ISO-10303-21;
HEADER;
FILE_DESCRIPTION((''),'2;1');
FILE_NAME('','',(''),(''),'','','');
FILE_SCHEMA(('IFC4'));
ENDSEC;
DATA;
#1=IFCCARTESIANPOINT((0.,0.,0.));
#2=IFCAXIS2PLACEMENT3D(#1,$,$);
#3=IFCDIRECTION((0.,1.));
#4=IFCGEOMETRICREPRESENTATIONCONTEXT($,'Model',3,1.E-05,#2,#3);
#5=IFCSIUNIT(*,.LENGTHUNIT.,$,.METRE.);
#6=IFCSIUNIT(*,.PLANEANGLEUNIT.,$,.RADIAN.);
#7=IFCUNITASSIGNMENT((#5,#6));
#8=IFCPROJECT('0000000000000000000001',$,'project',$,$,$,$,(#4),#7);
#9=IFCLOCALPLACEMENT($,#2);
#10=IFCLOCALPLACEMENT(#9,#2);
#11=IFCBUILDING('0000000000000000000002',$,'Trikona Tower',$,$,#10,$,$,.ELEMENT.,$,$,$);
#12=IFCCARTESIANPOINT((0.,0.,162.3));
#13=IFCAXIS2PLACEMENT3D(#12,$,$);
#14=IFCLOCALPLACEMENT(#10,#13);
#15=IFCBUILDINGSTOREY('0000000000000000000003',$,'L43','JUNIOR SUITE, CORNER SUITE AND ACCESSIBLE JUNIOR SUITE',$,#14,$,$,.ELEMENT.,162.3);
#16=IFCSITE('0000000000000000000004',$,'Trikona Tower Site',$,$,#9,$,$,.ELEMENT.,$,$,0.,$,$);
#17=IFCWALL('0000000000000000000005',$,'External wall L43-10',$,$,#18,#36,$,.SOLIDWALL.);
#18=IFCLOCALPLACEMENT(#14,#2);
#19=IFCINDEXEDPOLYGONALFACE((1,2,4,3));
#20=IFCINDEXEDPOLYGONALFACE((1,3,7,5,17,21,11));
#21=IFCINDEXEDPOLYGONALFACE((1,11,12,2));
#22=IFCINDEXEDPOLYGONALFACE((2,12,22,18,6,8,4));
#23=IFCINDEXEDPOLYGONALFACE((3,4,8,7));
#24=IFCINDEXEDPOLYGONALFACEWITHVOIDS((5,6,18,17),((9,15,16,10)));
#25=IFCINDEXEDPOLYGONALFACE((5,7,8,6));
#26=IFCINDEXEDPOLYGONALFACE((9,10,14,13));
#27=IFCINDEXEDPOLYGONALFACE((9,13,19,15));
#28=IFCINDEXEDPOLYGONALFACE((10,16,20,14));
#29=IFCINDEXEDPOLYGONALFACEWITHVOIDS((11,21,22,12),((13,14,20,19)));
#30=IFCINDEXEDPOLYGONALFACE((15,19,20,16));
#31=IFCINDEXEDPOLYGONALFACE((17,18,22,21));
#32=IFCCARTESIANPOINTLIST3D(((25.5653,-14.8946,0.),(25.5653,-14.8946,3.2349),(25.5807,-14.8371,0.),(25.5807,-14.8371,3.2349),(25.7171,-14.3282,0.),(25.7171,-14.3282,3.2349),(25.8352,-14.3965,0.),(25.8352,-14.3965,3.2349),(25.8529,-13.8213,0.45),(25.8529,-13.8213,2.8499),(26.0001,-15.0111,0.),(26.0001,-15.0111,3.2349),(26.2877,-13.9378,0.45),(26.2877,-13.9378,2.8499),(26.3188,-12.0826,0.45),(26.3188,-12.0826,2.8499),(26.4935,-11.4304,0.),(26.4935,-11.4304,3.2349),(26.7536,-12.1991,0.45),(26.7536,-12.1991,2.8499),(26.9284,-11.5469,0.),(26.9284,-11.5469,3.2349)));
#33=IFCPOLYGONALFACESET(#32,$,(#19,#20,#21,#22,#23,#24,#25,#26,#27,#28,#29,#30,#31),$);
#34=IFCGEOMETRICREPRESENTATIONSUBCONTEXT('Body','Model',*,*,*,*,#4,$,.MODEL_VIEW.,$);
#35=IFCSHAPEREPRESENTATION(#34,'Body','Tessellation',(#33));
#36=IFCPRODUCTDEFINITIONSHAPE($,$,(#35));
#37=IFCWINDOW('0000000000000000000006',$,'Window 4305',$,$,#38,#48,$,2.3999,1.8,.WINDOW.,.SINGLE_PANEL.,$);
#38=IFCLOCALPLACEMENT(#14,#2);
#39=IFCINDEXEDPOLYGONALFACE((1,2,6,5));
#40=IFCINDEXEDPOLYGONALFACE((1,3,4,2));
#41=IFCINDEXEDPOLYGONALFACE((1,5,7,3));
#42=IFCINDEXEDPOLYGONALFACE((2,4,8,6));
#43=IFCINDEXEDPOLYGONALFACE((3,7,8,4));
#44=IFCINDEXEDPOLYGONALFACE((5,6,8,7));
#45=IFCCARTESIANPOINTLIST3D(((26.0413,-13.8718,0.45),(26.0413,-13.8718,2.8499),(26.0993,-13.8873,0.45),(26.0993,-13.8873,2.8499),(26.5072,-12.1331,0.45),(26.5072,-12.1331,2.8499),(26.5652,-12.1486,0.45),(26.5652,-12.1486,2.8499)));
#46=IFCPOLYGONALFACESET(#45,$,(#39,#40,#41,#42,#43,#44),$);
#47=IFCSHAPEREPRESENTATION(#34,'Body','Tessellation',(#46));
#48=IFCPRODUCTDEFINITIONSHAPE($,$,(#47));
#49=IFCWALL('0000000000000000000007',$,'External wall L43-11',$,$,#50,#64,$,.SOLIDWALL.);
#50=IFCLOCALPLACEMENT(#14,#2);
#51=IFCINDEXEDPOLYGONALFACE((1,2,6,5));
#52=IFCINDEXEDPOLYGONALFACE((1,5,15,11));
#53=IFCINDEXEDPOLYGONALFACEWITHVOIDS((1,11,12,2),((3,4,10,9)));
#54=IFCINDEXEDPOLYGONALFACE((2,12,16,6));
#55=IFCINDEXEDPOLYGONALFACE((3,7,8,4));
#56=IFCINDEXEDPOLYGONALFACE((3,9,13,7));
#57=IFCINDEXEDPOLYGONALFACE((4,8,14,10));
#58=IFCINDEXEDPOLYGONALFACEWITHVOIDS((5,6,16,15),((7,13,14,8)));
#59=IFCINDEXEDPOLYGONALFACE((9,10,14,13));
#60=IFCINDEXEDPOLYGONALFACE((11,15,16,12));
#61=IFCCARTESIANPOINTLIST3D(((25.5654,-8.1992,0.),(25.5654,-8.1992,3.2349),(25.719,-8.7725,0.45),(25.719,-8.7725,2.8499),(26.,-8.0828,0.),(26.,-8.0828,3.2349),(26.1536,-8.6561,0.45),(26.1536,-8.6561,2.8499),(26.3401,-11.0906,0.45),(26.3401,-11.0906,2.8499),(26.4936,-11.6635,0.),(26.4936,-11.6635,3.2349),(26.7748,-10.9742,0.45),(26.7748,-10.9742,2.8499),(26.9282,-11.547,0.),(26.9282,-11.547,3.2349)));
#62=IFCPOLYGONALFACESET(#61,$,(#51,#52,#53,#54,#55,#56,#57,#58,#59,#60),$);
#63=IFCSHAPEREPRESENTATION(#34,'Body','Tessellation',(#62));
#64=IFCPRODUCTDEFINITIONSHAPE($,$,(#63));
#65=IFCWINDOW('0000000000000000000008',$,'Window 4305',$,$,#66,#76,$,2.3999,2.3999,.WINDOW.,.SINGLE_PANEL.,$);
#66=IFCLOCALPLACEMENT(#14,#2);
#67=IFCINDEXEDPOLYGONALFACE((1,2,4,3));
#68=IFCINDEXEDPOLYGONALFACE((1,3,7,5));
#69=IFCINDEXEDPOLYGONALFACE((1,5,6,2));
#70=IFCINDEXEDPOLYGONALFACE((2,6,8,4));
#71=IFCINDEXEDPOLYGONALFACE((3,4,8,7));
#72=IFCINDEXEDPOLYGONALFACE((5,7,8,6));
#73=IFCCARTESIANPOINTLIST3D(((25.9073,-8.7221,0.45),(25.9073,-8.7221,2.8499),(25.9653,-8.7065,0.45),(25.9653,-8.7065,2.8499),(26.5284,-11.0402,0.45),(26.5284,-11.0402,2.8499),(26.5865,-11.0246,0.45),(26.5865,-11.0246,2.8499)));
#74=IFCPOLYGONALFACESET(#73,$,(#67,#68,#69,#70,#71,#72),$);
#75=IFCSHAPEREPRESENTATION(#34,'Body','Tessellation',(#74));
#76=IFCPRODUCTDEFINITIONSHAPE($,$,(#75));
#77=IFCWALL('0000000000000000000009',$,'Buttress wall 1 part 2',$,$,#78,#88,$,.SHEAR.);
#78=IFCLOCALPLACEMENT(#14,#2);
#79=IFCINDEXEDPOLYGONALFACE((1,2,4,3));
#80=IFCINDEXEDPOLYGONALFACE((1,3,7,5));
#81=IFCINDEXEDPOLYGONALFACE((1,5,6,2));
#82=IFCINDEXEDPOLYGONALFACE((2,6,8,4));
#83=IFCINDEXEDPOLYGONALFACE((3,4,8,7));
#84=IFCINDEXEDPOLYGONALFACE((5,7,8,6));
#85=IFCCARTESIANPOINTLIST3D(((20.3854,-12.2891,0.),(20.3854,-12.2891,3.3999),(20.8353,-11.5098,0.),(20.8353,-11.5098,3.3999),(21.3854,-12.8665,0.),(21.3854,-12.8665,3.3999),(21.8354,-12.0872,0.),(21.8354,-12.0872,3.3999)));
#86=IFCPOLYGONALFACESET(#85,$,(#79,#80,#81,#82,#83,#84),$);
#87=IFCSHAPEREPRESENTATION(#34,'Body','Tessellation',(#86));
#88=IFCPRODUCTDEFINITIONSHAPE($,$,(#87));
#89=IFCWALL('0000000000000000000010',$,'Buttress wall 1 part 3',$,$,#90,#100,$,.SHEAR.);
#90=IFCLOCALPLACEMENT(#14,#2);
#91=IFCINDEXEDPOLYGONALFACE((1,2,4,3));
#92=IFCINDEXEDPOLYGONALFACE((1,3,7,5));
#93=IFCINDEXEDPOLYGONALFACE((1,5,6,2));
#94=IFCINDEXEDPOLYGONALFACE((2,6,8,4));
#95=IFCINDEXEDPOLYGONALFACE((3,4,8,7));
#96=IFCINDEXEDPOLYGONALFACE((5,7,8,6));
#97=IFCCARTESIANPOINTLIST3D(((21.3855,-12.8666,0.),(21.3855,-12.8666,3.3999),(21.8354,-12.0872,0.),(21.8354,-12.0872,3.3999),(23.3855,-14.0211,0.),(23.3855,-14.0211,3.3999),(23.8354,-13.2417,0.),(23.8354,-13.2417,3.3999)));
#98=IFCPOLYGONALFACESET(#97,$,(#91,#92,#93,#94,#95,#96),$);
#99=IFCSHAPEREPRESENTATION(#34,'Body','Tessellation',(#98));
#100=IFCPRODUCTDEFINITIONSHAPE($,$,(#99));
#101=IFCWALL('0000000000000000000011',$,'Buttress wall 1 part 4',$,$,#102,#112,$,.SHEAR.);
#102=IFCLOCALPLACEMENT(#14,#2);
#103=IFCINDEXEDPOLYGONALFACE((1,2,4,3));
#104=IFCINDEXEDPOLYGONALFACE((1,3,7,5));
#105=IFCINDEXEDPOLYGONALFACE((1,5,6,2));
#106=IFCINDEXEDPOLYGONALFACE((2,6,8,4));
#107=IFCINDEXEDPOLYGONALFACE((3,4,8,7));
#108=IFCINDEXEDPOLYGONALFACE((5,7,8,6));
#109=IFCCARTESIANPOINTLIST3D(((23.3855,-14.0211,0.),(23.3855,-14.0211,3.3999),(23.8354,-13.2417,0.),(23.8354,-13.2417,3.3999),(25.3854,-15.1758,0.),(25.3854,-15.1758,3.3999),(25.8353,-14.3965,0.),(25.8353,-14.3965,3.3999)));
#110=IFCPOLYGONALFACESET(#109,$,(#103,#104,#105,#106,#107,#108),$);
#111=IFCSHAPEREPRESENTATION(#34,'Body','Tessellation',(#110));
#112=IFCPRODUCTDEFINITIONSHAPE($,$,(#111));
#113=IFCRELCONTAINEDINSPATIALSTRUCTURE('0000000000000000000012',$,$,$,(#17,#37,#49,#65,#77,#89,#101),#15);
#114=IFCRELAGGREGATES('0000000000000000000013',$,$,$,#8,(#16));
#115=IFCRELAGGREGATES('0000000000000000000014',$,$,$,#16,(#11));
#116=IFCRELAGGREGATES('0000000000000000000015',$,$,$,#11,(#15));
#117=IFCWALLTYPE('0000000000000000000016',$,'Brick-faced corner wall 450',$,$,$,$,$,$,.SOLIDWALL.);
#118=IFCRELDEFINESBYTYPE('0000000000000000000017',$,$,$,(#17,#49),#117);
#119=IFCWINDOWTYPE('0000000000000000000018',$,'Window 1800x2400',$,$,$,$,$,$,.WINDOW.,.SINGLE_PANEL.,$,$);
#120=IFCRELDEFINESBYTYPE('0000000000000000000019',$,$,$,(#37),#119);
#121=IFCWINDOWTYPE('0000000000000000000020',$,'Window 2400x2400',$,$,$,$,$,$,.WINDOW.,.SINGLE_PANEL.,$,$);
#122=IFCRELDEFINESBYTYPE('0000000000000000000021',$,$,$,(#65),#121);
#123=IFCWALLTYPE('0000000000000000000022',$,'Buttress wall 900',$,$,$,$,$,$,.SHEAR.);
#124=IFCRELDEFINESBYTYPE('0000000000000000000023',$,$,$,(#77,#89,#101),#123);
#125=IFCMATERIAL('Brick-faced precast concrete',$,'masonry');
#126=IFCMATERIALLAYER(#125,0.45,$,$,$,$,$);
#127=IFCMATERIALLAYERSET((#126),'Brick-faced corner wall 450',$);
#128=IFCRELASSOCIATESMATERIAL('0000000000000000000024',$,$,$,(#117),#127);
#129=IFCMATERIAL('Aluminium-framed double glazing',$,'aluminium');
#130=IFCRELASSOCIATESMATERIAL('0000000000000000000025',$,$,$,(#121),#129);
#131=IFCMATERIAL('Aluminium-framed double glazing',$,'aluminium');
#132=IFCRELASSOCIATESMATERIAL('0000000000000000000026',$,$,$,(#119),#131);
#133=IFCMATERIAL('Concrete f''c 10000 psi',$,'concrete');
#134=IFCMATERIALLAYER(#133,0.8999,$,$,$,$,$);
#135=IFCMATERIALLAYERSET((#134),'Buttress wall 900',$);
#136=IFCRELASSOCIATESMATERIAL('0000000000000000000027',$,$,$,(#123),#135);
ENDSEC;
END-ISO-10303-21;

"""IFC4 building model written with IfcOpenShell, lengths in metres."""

from ifc_helpers import new_model, si_unit, direction, frame, frame_2d, origin, place, context, subcontext, project, spatial, polyline, rectangle, outline, extrude, material, layer, layer_set, type_object, element, fill, save


model = new_model("IFC4")

# Units and contexts
model_context = context("Model", 3, precision=1e-05, world=origin(), true_north=direction((0.0, 1.0)))
body_context = subcontext(model_context, "Body", "Model", "MODEL_VIEW")
ifc_project = project(units=[si_unit("LENGTHUNIT", "METRE"), si_unit("PLANEANGLEUNIT", "RADIAN")], contexts=[model_context])

# Site, building, storey
site_placement = place(None, origin())
site = spatial("IfcSite", under=ifc_project, at=site_placement, Name="Trikona Tower Site", CompositionType="ELEMENT", RefElevation=0.0)
building_placement = place(site_placement, origin())
building = spatial("IfcBuilding", under=site, at=building_placement, Name="Trikona Tower", CompositionType="ELEMENT")
storey_placement = place(building_placement, frame((0.0, 0.0, 162.3)))
storey = spatial("IfcBuildingStorey", under=building, at=storey_placement, Name="L43", Description="JUNIOR SUITE, CORNER SUITE AND ACCESSIBLE JUNIOR SUITE", CompositionType="ELEMENT", Elevation=162.3)

# Walls, openings, windows
ifc_material_1 = material(Name="Brick-faced precast concrete", Category="masonry")
ifc_layer_1 = layer(ifc_material_1, 0.45)
ifc_layer_set_1 = layer_set([ifc_layer_1], Name="Brick-faced corner wall 450")
wall_type_1 = type_object("IfcWallType", Name="Brick-faced corner wall 450", PredefinedType="SOLIDWALL", material=ifc_layer_set_1)
ifc_material_2 = material(Name="Aluminium-framed double glazing", Category="aluminium")
window_type_1 = type_object("IfcWindowType", Name="Window 2400x2400", PartitioningType="SINGLE_PANEL", PredefinedType="WINDOW", material=ifc_material_2)
ifc_material_3 = material(Name="Aluminium-framed double glazing", Category="aluminium")
window_type_2 = type_object("IfcWindowType", Name="Window 1800x2400", PartitioningType="SINGLE_PANEL", PredefinedType="WINDOW", material=ifc_material_3)
wall_1_placement = place(storey_placement, frame((25.7827, -14.9529, 0.0), z_axis=(0.0, 0.0, 1.0), x_axis=(0.258823, 0.965925, 0.0)))
wall_1 = element("IfcWall", 1, at=wall_1_placement, inside=storey, type_object=wall_type_1, Name="External wall L43-10", PredefinedType="SOLIDWALL", context=body_context, shape_type="SweptSolid", body=[
    extrude(outline(polyline([(3.5864, 0.2251), (0.5864, 0.2251), (0.551, 0.0933), (0.0596, 0.2251), (0.0, 0.2251), (0.0, -0.2251), (3.5864, -0.2251), (3.5864, 0.2251)])), origin(), (0.0, 0.0, 1.0), 3.2349),
])
opening_1_placement = place(wall_1_placement, frame((1.1113, 0.0, 0.45)))
opening_1 = element("IfcOpeningElement", 2, at=opening_1_placement, cuts=wall_1, PredefinedType="OPENING", context=body_context, shape_type="SweptSolid", body=[
    extrude(rectangle(XDim=1.8, YDim=2.3999, at=frame_2d((0.8999, 1.2))), frame((0.0, 0.2349, 0.0), z_axis=(0.0, -1.0, 0.0), x_axis=(1.0, 0.0, 0.0)), (0.0, 0.0, 1.0), 0.47),
])
window_1_placement = place(opening_1_placement, origin())
window_1 = element("IfcWindow", 3, at=window_1_placement, inside=storey, type_object=window_type_2, Name="Window 4305", OverallHeight=2.3999, OverallWidth=1.8, PartitioningType="SINGLE_PANEL", PredefinedType="WINDOW", context=body_context, shape_type="SweptSolid", body=[
    extrude(rectangle(XDim=1.8, YDim=2.3999, at=frame_2d((0.8999, 1.2))), frame((0.0, 0.03, 0.0), z_axis=(0.0, -1.0, 0.0), x_axis=(1.0, 0.0, 0.0)), (0.0, 0.0, 1.0), 0.0601),
])
fill(opening_1, window_1)
wall_2_placement = place(storey_placement, frame((26.7109, -11.6052, 0.0), z_axis=(0.0, 0.0, 1.0), x_axis=(-0.258823, 0.965925, 0.0)))
wall_2 = element("IfcWall", 4, at=wall_2_placement, inside=storey, type_object=wall_type_1, Name="External wall L43-11", PredefinedType="SOLIDWALL", context=body_context, shape_type="SweptSolid", body=[
    extrude(rectangle(XDim=3.5864, YDim=0.45, at=frame_2d((1.7932, 0.0))), origin(), (0.0, 0.0, 1.0), 3.2349),
])
opening_2_placement = place(wall_2_placement, frame((0.593, 0.0, 0.45)))
opening_2 = element("IfcOpeningElement", 5, at=opening_2_placement, cuts=wall_2, PredefinedType="OPENING", context=body_context, shape_type="SweptSolid", body=[
    extrude(rectangle(XDim=2.3999, YDim=2.3999, at=frame_2d((1.2, 1.2))), frame((0.0, 0.2349, 0.0), z_axis=(0.0, -1.0, 0.0), x_axis=(1.0, 0.0, 0.0)), (0.0, 0.0, 1.0), 0.47),
])
window_2_placement = place(opening_2_placement, origin())
window_2 = element("IfcWindow", 6, at=window_2_placement, inside=storey, type_object=window_type_1, Name="Window 4305", OverallHeight=2.3999, OverallWidth=2.3999, PartitioningType="SINGLE_PANEL", PredefinedType="WINDOW", context=body_context, shape_type="SweptSolid", body=[
    extrude(rectangle(XDim=2.3999, YDim=2.3999, at=frame_2d((1.2, 1.2))), frame((0.0, 0.03, 0.0), z_axis=(0.0, -1.0, 0.0), x_axis=(1.0, 0.0, 0.0)), (0.0, 0.0, 1.0), 0.0601),
])
fill(opening_2, window_2)

# Walls
ifc_material_4 = material(Name="Concrete f'c 10000 psi", Category="concrete")
ifc_layer_2 = layer(ifc_material_4, 0.8999)
ifc_layer_set_2 = layer_set([ifc_layer_2], Name="Buttress wall 900")
wall_type_2 = type_object("IfcWallType", Name="Buttress wall 900", PredefinedType="SHEAR", material=ifc_layer_set_2)
wall_3_placement = place(storey_placement, frame((20.6104, -11.8994, 0.0), z_axis=(0.0, 0.0, 1.0), x_axis=(0.86601, -0.500027, 0.0)))
element("IfcWall", 7, at=wall_3_placement, inside=storey, type_object=wall_type_2, Name="Buttress wall 1 part 2", PredefinedType="SHEAR", context=body_context, shape_type="SweptSolid", body=[
    extrude(rectangle(XDim=1.1548, YDim=0.8999, at=frame_2d((0.5774, 0.0))), origin(), (0.0, 0.0, 1.0), 3.3999),
])
for number, where, z_axis, x_axis, name in (
    (8, (21.6104, -12.4768, 0.0), (0.0, 0.0, 1.0), (0.866055, -0.499948, 0.0), "Buttress wall 1 part 3"),
    (9, (23.6104, -13.6313, 0.0), (0.0, 0.0, 1.0), (0.86601, -0.500027, 0.0), "Buttress wall 1 part 4"),
):
    element("IfcWall", number, at=place(storey_placement, frame(where, z_axis=z_axis, x_axis=x_axis)), inside=storey, type_object=wall_type_2, Name=name, PredefinedType="SHEAR", context=body_context, shape_type="SweptSolid", body=[
        extrude(rectangle(XDim=2.3093, YDim=0.8999, at=frame_2d((1.1548, 0.0))), origin(), (0.0, 0.0, 1.0), 3.3999),
    ])

save(model, "model.ifc")
